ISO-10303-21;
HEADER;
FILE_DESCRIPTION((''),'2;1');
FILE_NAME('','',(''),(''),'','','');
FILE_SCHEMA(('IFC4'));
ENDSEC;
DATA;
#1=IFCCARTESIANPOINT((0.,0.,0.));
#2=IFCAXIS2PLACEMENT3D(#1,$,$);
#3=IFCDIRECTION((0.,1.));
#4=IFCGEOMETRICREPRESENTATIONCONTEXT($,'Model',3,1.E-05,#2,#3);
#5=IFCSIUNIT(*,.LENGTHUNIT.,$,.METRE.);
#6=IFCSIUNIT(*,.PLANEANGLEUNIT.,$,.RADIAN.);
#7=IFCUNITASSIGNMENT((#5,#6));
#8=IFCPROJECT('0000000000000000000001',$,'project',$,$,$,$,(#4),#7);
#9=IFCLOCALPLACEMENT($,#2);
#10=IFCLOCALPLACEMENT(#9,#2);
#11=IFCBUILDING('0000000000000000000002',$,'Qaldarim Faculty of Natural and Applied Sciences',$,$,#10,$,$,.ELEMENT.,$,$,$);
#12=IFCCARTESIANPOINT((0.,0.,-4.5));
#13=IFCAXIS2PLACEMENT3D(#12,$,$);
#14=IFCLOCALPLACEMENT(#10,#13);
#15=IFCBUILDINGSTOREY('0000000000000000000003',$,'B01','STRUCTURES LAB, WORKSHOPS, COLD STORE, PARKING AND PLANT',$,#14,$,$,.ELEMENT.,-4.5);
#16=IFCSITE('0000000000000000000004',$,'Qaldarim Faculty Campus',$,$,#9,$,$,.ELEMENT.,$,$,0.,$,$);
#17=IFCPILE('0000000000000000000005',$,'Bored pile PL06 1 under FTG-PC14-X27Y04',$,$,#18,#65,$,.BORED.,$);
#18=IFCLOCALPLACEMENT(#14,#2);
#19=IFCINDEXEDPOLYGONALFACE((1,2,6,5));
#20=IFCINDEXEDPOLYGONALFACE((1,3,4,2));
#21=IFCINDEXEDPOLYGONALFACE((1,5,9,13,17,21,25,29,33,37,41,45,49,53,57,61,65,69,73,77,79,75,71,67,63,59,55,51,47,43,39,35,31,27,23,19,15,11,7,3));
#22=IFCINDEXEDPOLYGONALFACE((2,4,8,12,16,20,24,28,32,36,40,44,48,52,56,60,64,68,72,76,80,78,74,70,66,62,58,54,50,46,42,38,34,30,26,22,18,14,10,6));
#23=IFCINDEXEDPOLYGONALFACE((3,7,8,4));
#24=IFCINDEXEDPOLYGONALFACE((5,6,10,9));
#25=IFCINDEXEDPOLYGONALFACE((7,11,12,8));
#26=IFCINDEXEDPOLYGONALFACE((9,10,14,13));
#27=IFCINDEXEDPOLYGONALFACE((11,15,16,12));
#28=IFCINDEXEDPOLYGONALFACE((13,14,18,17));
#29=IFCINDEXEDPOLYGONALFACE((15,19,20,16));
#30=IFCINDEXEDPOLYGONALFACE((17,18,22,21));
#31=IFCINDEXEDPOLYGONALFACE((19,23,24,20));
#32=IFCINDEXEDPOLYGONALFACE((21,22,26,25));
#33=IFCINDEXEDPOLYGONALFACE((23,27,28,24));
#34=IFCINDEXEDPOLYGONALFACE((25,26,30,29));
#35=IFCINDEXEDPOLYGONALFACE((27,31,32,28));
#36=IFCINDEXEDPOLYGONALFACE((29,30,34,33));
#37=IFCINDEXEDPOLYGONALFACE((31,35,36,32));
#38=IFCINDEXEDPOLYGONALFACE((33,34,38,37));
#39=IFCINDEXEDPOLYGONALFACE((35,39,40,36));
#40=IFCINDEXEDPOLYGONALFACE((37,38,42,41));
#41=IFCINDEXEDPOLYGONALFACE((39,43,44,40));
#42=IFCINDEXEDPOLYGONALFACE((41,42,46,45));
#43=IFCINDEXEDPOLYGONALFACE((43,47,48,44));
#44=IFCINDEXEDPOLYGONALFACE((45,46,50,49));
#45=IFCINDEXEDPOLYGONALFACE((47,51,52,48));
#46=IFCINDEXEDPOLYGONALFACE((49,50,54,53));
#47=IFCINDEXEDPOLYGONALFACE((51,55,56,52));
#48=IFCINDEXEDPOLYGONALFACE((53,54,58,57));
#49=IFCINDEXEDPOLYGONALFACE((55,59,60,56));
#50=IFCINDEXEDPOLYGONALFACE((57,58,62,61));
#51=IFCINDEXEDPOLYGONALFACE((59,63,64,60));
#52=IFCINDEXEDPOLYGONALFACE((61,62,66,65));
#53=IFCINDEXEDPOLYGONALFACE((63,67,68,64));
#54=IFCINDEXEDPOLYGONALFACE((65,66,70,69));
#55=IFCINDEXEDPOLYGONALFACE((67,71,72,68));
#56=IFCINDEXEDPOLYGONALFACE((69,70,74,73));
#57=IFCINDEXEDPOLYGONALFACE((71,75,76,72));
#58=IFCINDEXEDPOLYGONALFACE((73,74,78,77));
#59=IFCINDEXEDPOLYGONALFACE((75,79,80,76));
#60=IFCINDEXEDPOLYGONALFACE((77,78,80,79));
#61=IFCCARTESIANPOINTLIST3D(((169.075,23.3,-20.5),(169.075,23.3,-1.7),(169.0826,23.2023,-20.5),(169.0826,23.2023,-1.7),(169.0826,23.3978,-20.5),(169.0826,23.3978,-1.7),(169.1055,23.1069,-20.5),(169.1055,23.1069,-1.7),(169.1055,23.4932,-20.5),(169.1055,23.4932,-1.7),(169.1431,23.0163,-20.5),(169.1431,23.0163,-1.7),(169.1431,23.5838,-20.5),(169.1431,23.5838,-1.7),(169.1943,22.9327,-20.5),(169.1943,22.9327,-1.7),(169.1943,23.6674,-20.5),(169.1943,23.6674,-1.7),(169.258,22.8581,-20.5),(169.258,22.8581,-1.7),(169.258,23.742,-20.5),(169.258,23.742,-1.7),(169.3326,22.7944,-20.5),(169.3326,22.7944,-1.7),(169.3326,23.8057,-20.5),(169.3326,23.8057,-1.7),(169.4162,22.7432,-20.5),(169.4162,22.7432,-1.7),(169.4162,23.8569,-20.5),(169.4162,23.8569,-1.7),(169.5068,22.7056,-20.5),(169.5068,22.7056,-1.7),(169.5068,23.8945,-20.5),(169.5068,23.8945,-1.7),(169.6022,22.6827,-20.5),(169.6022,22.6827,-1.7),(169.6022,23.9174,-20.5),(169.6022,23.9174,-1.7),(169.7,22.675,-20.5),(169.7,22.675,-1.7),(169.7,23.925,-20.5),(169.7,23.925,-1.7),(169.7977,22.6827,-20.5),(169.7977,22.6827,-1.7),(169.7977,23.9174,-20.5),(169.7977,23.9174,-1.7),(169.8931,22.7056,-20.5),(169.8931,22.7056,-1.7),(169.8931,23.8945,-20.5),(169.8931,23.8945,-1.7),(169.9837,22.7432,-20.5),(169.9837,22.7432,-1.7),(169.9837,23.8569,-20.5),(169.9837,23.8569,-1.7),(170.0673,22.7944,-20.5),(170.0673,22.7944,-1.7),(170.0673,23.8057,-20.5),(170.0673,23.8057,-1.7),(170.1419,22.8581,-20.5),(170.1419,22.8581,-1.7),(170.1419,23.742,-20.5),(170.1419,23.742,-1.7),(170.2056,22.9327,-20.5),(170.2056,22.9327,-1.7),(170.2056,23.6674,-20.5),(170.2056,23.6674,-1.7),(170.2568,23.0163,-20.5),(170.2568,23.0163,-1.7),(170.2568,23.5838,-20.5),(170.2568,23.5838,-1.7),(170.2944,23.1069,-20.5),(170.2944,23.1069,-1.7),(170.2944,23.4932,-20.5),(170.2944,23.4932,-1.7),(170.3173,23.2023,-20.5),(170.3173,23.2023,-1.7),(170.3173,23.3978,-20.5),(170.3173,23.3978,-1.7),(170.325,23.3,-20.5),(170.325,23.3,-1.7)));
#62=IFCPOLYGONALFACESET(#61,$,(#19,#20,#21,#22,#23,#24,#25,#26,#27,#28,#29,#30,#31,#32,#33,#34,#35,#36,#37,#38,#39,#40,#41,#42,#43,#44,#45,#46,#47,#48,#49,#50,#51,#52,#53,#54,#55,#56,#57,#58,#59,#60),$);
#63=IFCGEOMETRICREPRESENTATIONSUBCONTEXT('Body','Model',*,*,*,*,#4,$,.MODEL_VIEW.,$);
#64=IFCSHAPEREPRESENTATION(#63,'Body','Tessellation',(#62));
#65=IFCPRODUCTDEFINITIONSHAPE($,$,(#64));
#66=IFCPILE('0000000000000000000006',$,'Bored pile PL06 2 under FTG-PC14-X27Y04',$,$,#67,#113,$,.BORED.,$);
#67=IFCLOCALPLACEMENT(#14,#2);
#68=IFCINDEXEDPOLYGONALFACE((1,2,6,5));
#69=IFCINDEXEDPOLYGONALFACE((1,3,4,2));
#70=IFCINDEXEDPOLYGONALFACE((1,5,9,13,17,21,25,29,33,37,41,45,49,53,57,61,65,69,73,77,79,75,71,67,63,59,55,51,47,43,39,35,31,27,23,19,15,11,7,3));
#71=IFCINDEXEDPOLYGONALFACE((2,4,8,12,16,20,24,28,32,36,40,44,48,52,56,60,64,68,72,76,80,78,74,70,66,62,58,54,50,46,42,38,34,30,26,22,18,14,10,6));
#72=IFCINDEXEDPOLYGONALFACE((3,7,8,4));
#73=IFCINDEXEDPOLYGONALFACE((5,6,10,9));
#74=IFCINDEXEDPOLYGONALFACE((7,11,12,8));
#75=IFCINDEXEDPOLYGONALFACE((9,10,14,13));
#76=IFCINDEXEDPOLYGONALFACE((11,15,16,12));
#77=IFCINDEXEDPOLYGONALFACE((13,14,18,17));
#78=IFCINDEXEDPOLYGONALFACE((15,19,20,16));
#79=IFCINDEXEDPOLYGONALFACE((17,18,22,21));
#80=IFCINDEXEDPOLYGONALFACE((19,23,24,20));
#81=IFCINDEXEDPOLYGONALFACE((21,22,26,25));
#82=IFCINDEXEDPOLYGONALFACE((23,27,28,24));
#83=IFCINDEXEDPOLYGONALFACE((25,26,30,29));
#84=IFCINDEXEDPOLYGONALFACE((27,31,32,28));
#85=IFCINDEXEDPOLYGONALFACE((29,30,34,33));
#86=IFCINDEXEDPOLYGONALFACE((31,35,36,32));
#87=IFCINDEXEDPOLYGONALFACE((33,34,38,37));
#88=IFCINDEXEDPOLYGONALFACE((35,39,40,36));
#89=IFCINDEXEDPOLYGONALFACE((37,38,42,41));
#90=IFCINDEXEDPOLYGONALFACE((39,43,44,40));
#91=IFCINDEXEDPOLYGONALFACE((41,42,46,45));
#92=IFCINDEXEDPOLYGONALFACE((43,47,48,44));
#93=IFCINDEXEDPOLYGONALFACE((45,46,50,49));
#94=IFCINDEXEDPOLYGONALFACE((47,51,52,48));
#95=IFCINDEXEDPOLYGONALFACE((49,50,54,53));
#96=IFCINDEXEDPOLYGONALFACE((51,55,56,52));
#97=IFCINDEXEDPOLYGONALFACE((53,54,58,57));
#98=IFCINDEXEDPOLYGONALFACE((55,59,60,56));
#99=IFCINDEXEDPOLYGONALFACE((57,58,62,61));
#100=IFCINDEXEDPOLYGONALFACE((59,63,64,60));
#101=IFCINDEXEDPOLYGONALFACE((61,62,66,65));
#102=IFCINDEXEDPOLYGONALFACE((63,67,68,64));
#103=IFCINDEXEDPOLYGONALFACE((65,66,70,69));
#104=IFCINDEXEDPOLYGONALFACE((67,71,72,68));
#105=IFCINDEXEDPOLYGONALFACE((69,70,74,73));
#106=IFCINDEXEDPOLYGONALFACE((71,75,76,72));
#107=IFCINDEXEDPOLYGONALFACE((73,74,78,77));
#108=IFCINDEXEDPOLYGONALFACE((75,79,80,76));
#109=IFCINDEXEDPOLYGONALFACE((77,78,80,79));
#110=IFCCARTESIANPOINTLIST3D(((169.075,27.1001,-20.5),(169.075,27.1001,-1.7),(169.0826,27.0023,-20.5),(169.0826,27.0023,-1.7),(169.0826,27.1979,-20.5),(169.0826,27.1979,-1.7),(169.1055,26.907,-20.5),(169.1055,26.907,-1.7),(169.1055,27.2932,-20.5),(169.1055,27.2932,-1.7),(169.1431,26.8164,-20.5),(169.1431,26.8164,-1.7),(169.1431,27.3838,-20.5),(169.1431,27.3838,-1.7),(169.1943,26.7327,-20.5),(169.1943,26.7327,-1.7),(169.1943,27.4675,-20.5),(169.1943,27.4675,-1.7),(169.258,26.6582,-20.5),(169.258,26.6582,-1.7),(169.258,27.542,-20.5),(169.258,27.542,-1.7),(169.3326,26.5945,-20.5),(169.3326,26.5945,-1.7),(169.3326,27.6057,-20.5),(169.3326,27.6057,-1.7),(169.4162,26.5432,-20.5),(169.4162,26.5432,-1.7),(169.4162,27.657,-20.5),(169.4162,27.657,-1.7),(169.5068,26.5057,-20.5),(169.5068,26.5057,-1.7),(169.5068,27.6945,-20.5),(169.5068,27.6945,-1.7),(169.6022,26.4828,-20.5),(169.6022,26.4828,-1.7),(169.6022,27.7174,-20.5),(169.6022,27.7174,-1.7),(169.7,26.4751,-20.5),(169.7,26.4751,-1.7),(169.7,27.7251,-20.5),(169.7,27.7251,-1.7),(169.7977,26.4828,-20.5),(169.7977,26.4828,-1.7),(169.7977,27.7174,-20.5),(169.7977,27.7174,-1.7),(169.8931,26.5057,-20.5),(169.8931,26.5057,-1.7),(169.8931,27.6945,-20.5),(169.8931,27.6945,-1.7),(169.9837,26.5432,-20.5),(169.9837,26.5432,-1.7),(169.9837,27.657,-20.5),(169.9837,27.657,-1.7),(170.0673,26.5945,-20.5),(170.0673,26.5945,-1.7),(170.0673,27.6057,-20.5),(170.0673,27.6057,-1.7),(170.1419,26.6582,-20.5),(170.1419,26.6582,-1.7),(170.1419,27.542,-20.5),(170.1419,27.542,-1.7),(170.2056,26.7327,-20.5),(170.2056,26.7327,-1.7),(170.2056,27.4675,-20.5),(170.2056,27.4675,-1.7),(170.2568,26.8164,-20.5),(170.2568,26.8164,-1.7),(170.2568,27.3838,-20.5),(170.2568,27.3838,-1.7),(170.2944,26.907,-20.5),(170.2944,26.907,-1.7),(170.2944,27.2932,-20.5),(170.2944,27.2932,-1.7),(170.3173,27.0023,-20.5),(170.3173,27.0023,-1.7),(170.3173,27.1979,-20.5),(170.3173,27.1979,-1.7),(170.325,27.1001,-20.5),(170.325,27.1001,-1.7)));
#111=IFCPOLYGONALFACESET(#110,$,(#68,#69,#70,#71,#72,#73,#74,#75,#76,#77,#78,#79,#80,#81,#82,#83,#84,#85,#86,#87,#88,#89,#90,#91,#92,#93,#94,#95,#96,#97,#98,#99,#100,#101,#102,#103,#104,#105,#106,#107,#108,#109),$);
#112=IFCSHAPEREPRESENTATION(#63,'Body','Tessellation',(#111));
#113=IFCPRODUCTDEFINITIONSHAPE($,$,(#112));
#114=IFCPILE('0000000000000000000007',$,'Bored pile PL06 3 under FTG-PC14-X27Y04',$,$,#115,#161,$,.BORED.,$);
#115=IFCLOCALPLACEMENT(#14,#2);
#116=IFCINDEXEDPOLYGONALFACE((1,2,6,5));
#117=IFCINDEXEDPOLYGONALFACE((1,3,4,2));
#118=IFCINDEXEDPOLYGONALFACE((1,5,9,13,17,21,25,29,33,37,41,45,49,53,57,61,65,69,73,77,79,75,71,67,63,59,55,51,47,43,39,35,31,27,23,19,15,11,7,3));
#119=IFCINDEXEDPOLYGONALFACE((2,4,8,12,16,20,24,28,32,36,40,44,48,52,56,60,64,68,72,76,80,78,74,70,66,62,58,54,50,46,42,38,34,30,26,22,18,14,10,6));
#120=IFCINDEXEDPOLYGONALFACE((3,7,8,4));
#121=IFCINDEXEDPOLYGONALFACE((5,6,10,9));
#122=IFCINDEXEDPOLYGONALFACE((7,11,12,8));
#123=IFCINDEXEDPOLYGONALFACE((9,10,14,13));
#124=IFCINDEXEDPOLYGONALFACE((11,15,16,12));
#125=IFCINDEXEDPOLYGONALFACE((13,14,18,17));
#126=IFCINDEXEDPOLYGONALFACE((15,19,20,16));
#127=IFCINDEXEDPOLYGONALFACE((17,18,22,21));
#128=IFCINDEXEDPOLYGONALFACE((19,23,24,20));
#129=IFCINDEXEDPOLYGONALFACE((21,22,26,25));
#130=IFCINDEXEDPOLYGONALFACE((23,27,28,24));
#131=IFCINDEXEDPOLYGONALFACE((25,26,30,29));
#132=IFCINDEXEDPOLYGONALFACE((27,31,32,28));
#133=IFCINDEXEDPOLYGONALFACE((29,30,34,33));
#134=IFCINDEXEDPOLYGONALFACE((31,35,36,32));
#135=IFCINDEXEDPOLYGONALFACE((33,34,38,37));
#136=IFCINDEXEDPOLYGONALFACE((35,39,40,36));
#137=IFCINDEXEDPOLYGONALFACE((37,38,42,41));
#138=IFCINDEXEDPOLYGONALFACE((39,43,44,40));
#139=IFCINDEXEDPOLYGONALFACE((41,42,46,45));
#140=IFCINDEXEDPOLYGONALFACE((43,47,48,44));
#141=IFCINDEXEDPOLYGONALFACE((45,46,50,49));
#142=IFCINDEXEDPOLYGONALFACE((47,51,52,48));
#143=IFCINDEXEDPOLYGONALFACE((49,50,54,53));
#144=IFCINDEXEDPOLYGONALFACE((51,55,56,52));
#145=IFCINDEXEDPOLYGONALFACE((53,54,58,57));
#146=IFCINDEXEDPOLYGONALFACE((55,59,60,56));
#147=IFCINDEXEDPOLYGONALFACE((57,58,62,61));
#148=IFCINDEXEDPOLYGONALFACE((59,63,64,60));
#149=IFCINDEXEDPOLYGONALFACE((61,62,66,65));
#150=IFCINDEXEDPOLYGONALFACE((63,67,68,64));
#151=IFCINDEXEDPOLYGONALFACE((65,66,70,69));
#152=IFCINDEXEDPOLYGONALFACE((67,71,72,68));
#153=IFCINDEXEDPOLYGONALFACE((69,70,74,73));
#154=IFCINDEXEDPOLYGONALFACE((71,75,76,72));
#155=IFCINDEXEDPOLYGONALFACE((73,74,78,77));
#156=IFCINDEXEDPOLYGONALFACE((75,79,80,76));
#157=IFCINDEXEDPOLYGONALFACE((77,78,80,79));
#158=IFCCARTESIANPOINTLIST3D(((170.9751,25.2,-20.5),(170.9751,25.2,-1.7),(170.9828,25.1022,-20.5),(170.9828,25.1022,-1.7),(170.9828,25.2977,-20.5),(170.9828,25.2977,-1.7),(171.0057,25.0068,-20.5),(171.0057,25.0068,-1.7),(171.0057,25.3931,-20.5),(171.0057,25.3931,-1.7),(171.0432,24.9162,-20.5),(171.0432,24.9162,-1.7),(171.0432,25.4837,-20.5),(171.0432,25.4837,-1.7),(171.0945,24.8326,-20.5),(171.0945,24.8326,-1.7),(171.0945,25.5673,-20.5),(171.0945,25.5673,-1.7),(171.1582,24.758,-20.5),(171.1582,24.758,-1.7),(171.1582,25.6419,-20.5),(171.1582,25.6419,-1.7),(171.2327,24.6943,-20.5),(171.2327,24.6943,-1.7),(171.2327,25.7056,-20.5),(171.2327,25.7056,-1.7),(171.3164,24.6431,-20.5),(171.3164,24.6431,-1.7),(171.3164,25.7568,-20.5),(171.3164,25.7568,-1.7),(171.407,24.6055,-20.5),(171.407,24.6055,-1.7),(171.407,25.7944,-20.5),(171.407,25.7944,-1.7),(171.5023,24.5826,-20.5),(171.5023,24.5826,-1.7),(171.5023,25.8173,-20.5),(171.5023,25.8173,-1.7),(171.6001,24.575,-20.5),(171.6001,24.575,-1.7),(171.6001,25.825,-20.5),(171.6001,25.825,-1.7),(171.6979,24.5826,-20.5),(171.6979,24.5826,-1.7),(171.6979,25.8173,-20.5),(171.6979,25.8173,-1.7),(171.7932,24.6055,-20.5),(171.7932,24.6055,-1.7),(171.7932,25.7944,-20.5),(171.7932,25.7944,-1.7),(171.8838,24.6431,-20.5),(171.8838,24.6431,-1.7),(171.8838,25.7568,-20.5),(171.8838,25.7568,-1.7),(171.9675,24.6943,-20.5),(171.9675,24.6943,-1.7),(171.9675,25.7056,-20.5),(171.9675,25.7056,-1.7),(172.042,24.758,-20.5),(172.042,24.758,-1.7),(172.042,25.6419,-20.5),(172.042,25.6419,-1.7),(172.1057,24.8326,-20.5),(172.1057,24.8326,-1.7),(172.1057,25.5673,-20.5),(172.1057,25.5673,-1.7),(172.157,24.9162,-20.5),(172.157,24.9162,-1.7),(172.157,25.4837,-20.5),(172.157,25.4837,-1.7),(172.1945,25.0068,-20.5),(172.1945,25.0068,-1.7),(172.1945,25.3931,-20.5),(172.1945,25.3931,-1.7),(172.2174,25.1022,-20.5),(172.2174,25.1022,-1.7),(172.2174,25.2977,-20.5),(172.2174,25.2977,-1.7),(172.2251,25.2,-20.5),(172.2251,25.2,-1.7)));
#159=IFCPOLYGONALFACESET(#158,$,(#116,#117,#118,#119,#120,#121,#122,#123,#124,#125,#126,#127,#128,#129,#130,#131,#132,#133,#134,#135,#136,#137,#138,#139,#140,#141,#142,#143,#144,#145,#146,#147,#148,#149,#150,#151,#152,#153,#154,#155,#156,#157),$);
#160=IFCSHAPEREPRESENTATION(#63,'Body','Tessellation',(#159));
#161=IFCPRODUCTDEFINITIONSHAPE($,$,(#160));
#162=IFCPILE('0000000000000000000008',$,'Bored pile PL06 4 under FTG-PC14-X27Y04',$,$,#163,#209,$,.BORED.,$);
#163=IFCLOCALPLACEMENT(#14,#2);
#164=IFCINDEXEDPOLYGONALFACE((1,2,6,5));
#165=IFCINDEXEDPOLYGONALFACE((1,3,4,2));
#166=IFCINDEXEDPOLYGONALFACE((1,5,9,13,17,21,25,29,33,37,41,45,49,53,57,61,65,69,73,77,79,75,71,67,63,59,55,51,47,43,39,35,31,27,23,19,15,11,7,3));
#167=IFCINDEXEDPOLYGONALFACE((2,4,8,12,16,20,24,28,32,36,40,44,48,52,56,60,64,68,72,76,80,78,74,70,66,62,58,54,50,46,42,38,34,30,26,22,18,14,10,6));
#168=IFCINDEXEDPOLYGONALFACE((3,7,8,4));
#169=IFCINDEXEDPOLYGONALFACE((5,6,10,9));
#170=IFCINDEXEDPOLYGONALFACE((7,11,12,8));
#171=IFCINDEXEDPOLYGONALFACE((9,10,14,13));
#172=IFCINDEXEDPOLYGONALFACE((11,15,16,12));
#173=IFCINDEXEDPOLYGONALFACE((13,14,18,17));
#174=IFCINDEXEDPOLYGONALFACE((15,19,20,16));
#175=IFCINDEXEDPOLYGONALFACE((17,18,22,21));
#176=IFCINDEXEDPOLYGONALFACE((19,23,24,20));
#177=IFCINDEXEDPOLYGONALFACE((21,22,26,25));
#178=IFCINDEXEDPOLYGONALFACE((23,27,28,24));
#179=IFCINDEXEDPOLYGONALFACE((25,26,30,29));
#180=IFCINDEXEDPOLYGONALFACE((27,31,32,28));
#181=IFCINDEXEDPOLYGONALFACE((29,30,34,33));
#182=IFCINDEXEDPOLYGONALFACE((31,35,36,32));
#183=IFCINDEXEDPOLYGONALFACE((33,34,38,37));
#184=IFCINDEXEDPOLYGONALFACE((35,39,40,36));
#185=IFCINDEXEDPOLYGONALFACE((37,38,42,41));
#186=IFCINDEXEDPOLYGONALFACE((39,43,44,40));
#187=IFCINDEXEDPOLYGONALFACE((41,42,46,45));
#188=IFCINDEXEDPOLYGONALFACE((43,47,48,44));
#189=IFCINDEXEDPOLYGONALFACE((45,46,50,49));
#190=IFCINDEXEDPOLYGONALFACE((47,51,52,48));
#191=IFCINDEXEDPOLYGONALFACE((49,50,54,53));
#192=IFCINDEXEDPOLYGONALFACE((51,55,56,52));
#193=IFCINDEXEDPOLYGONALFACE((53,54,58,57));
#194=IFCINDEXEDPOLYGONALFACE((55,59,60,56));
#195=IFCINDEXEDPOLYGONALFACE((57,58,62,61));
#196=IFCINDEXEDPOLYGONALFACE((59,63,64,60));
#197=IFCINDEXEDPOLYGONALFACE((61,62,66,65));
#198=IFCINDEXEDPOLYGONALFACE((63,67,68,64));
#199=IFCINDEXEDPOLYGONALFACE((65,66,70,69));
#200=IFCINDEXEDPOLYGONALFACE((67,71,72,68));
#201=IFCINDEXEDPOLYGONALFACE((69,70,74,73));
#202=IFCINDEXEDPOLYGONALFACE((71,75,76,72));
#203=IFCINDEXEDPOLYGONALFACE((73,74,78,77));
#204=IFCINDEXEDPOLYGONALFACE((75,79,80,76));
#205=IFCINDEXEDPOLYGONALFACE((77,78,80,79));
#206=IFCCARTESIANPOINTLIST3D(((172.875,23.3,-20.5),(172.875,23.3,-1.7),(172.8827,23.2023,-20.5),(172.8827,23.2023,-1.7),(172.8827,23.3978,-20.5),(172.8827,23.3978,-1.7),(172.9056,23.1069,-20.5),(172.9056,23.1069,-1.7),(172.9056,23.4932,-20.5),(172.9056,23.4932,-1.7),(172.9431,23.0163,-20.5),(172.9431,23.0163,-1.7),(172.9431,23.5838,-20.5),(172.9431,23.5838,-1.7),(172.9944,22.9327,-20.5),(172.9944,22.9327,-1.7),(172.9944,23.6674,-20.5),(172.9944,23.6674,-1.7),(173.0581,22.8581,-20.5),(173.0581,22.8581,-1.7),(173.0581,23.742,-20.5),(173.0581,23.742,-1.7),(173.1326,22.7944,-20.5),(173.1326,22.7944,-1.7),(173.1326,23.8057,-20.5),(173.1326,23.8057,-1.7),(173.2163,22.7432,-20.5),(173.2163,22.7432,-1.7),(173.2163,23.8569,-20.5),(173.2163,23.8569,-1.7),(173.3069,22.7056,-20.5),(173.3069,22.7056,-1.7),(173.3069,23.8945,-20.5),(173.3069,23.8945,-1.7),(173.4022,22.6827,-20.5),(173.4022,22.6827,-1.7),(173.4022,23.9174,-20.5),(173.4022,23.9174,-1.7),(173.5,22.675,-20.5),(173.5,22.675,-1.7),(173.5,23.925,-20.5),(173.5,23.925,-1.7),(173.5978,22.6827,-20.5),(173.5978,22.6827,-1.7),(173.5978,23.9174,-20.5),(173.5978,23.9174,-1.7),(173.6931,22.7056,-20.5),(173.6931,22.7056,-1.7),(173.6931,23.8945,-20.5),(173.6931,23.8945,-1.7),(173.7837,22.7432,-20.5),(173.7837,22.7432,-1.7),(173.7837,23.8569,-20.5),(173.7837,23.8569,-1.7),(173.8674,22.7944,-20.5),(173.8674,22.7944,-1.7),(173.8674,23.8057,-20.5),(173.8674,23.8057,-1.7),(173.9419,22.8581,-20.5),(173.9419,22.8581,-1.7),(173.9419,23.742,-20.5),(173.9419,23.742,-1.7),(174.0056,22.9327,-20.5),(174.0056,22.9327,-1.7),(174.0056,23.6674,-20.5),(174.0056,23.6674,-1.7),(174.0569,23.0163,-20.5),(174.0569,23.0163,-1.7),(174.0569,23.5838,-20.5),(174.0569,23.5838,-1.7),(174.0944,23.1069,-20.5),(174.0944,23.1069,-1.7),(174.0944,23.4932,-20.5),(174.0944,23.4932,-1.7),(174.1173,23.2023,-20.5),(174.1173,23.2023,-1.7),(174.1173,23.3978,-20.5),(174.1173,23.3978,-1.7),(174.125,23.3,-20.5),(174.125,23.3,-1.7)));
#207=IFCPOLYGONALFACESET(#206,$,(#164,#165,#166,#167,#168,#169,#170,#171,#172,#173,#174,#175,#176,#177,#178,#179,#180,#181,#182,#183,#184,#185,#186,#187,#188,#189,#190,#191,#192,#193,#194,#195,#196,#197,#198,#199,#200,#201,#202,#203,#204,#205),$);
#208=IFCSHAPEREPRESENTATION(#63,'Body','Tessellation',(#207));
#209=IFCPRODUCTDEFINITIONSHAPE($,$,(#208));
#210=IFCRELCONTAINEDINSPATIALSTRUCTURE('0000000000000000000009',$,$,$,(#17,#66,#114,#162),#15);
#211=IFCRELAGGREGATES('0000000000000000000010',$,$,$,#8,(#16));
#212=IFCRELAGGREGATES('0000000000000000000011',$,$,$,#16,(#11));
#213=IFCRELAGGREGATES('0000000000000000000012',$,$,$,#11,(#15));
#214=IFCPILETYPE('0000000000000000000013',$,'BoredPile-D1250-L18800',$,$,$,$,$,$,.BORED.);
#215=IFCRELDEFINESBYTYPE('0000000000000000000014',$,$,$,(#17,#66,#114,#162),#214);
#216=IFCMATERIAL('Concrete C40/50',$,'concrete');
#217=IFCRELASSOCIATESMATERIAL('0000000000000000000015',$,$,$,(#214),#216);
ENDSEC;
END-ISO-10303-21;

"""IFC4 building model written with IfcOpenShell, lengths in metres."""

from ifc_helpers import new_model, si_unit, direction, frame, origin, origin_2d, place, context, subcontext, project, spatial, circle, extrude, material, material_profile, profile_set, type_object, element, save


model = new_model("IFC4")

# Units and contexts
model_context = context("Model", 3, precision=1e-05, world=origin(), true_north=direction((0.0, 1.0)))
body_context = subcontext(model_context, "Body", "Model", "MODEL_VIEW")
ifc_project = project(units=[si_unit("LENGTHUNIT", "METRE"), si_unit("PLANEANGLEUNIT", "RADIAN")], contexts=[model_context])

# Site, building, storey
site_placement = place(None, origin())
site = spatial("IfcSite", under=ifc_project, at=site_placement, Name="Qaldarim Faculty Campus", CompositionType="ELEMENT", RefElevation=0.0)
building_placement = place(site_placement, origin())
building = spatial("IfcBuilding", under=site, at=building_placement, Name="Qaldarim Faculty of Natural and Applied Sciences", CompositionType="ELEMENT")
storey_placement = place(building_placement, frame((0.0, 0.0, -4.5)))
storey = spatial("IfcBuildingStorey", under=building, at=storey_placement, Name="B01", Description="STRUCTURES LAB, WORKSHOPS, COLD STORE, PARKING AND PLANT", CompositionType="ELEMENT", Elevation=-4.5)

# Piles
ifc_material_1 = material(Name="Concrete C40/50", Category="concrete")
ifc_material_profile_1 = material_profile(ifc_material_1, circle(Radius=0.625, at=origin_2d()), Name="PILE-D1250")
ifc_profile_set_1 = profile_set([ifc_material_profile_1], Name="Concrete C40/50")
pile_type = type_object("IfcPileType", Name="BoredPile-D1250-L18800", PredefinedType="BORED", material=ifc_profile_set_1)
for number, where, z_axis, x_axis, name in (
    (1, (169.7, 23.3, -1.7), (0.0, 0.0, -1.0), (1.0, 0.0, 0.0), "Bored pile PL06 1 under FTG-PC14-X27Y04"),
    (2, (169.7, 27.1001, -1.7), (0.0, 0.0, -1.0), (1.0, 0.0, 0.0), "Bored pile PL06 2 under FTG-PC14-X27Y04"),
    (3, (171.6001, 25.2, -1.7), (0.0, 0.0, -1.0), (1.0, 0.0, 0.0), "Bored pile PL06 3 under FTG-PC14-X27Y04"),
    (4, (173.5, 23.3, -1.7), (0.0, 0.0, -1.0), (1.0, 0.0, 0.0), "Bored pile PL06 4 under FTG-PC14-X27Y04"),
):
    element("IfcPile", number, at=place(storey_placement, frame(where, z_axis=z_axis, x_axis=x_axis)), inside=storey, type_object=pile_type, Name=name, PredefinedType="BORED", context=body_context, shape_type="SweptSolid", body=[
        extrude(circle(Radius=0.625, at=origin_2d()), origin(), (0.0, 0.0, 1.0), 18.8),
    ])

save(model, "model.ifc")
